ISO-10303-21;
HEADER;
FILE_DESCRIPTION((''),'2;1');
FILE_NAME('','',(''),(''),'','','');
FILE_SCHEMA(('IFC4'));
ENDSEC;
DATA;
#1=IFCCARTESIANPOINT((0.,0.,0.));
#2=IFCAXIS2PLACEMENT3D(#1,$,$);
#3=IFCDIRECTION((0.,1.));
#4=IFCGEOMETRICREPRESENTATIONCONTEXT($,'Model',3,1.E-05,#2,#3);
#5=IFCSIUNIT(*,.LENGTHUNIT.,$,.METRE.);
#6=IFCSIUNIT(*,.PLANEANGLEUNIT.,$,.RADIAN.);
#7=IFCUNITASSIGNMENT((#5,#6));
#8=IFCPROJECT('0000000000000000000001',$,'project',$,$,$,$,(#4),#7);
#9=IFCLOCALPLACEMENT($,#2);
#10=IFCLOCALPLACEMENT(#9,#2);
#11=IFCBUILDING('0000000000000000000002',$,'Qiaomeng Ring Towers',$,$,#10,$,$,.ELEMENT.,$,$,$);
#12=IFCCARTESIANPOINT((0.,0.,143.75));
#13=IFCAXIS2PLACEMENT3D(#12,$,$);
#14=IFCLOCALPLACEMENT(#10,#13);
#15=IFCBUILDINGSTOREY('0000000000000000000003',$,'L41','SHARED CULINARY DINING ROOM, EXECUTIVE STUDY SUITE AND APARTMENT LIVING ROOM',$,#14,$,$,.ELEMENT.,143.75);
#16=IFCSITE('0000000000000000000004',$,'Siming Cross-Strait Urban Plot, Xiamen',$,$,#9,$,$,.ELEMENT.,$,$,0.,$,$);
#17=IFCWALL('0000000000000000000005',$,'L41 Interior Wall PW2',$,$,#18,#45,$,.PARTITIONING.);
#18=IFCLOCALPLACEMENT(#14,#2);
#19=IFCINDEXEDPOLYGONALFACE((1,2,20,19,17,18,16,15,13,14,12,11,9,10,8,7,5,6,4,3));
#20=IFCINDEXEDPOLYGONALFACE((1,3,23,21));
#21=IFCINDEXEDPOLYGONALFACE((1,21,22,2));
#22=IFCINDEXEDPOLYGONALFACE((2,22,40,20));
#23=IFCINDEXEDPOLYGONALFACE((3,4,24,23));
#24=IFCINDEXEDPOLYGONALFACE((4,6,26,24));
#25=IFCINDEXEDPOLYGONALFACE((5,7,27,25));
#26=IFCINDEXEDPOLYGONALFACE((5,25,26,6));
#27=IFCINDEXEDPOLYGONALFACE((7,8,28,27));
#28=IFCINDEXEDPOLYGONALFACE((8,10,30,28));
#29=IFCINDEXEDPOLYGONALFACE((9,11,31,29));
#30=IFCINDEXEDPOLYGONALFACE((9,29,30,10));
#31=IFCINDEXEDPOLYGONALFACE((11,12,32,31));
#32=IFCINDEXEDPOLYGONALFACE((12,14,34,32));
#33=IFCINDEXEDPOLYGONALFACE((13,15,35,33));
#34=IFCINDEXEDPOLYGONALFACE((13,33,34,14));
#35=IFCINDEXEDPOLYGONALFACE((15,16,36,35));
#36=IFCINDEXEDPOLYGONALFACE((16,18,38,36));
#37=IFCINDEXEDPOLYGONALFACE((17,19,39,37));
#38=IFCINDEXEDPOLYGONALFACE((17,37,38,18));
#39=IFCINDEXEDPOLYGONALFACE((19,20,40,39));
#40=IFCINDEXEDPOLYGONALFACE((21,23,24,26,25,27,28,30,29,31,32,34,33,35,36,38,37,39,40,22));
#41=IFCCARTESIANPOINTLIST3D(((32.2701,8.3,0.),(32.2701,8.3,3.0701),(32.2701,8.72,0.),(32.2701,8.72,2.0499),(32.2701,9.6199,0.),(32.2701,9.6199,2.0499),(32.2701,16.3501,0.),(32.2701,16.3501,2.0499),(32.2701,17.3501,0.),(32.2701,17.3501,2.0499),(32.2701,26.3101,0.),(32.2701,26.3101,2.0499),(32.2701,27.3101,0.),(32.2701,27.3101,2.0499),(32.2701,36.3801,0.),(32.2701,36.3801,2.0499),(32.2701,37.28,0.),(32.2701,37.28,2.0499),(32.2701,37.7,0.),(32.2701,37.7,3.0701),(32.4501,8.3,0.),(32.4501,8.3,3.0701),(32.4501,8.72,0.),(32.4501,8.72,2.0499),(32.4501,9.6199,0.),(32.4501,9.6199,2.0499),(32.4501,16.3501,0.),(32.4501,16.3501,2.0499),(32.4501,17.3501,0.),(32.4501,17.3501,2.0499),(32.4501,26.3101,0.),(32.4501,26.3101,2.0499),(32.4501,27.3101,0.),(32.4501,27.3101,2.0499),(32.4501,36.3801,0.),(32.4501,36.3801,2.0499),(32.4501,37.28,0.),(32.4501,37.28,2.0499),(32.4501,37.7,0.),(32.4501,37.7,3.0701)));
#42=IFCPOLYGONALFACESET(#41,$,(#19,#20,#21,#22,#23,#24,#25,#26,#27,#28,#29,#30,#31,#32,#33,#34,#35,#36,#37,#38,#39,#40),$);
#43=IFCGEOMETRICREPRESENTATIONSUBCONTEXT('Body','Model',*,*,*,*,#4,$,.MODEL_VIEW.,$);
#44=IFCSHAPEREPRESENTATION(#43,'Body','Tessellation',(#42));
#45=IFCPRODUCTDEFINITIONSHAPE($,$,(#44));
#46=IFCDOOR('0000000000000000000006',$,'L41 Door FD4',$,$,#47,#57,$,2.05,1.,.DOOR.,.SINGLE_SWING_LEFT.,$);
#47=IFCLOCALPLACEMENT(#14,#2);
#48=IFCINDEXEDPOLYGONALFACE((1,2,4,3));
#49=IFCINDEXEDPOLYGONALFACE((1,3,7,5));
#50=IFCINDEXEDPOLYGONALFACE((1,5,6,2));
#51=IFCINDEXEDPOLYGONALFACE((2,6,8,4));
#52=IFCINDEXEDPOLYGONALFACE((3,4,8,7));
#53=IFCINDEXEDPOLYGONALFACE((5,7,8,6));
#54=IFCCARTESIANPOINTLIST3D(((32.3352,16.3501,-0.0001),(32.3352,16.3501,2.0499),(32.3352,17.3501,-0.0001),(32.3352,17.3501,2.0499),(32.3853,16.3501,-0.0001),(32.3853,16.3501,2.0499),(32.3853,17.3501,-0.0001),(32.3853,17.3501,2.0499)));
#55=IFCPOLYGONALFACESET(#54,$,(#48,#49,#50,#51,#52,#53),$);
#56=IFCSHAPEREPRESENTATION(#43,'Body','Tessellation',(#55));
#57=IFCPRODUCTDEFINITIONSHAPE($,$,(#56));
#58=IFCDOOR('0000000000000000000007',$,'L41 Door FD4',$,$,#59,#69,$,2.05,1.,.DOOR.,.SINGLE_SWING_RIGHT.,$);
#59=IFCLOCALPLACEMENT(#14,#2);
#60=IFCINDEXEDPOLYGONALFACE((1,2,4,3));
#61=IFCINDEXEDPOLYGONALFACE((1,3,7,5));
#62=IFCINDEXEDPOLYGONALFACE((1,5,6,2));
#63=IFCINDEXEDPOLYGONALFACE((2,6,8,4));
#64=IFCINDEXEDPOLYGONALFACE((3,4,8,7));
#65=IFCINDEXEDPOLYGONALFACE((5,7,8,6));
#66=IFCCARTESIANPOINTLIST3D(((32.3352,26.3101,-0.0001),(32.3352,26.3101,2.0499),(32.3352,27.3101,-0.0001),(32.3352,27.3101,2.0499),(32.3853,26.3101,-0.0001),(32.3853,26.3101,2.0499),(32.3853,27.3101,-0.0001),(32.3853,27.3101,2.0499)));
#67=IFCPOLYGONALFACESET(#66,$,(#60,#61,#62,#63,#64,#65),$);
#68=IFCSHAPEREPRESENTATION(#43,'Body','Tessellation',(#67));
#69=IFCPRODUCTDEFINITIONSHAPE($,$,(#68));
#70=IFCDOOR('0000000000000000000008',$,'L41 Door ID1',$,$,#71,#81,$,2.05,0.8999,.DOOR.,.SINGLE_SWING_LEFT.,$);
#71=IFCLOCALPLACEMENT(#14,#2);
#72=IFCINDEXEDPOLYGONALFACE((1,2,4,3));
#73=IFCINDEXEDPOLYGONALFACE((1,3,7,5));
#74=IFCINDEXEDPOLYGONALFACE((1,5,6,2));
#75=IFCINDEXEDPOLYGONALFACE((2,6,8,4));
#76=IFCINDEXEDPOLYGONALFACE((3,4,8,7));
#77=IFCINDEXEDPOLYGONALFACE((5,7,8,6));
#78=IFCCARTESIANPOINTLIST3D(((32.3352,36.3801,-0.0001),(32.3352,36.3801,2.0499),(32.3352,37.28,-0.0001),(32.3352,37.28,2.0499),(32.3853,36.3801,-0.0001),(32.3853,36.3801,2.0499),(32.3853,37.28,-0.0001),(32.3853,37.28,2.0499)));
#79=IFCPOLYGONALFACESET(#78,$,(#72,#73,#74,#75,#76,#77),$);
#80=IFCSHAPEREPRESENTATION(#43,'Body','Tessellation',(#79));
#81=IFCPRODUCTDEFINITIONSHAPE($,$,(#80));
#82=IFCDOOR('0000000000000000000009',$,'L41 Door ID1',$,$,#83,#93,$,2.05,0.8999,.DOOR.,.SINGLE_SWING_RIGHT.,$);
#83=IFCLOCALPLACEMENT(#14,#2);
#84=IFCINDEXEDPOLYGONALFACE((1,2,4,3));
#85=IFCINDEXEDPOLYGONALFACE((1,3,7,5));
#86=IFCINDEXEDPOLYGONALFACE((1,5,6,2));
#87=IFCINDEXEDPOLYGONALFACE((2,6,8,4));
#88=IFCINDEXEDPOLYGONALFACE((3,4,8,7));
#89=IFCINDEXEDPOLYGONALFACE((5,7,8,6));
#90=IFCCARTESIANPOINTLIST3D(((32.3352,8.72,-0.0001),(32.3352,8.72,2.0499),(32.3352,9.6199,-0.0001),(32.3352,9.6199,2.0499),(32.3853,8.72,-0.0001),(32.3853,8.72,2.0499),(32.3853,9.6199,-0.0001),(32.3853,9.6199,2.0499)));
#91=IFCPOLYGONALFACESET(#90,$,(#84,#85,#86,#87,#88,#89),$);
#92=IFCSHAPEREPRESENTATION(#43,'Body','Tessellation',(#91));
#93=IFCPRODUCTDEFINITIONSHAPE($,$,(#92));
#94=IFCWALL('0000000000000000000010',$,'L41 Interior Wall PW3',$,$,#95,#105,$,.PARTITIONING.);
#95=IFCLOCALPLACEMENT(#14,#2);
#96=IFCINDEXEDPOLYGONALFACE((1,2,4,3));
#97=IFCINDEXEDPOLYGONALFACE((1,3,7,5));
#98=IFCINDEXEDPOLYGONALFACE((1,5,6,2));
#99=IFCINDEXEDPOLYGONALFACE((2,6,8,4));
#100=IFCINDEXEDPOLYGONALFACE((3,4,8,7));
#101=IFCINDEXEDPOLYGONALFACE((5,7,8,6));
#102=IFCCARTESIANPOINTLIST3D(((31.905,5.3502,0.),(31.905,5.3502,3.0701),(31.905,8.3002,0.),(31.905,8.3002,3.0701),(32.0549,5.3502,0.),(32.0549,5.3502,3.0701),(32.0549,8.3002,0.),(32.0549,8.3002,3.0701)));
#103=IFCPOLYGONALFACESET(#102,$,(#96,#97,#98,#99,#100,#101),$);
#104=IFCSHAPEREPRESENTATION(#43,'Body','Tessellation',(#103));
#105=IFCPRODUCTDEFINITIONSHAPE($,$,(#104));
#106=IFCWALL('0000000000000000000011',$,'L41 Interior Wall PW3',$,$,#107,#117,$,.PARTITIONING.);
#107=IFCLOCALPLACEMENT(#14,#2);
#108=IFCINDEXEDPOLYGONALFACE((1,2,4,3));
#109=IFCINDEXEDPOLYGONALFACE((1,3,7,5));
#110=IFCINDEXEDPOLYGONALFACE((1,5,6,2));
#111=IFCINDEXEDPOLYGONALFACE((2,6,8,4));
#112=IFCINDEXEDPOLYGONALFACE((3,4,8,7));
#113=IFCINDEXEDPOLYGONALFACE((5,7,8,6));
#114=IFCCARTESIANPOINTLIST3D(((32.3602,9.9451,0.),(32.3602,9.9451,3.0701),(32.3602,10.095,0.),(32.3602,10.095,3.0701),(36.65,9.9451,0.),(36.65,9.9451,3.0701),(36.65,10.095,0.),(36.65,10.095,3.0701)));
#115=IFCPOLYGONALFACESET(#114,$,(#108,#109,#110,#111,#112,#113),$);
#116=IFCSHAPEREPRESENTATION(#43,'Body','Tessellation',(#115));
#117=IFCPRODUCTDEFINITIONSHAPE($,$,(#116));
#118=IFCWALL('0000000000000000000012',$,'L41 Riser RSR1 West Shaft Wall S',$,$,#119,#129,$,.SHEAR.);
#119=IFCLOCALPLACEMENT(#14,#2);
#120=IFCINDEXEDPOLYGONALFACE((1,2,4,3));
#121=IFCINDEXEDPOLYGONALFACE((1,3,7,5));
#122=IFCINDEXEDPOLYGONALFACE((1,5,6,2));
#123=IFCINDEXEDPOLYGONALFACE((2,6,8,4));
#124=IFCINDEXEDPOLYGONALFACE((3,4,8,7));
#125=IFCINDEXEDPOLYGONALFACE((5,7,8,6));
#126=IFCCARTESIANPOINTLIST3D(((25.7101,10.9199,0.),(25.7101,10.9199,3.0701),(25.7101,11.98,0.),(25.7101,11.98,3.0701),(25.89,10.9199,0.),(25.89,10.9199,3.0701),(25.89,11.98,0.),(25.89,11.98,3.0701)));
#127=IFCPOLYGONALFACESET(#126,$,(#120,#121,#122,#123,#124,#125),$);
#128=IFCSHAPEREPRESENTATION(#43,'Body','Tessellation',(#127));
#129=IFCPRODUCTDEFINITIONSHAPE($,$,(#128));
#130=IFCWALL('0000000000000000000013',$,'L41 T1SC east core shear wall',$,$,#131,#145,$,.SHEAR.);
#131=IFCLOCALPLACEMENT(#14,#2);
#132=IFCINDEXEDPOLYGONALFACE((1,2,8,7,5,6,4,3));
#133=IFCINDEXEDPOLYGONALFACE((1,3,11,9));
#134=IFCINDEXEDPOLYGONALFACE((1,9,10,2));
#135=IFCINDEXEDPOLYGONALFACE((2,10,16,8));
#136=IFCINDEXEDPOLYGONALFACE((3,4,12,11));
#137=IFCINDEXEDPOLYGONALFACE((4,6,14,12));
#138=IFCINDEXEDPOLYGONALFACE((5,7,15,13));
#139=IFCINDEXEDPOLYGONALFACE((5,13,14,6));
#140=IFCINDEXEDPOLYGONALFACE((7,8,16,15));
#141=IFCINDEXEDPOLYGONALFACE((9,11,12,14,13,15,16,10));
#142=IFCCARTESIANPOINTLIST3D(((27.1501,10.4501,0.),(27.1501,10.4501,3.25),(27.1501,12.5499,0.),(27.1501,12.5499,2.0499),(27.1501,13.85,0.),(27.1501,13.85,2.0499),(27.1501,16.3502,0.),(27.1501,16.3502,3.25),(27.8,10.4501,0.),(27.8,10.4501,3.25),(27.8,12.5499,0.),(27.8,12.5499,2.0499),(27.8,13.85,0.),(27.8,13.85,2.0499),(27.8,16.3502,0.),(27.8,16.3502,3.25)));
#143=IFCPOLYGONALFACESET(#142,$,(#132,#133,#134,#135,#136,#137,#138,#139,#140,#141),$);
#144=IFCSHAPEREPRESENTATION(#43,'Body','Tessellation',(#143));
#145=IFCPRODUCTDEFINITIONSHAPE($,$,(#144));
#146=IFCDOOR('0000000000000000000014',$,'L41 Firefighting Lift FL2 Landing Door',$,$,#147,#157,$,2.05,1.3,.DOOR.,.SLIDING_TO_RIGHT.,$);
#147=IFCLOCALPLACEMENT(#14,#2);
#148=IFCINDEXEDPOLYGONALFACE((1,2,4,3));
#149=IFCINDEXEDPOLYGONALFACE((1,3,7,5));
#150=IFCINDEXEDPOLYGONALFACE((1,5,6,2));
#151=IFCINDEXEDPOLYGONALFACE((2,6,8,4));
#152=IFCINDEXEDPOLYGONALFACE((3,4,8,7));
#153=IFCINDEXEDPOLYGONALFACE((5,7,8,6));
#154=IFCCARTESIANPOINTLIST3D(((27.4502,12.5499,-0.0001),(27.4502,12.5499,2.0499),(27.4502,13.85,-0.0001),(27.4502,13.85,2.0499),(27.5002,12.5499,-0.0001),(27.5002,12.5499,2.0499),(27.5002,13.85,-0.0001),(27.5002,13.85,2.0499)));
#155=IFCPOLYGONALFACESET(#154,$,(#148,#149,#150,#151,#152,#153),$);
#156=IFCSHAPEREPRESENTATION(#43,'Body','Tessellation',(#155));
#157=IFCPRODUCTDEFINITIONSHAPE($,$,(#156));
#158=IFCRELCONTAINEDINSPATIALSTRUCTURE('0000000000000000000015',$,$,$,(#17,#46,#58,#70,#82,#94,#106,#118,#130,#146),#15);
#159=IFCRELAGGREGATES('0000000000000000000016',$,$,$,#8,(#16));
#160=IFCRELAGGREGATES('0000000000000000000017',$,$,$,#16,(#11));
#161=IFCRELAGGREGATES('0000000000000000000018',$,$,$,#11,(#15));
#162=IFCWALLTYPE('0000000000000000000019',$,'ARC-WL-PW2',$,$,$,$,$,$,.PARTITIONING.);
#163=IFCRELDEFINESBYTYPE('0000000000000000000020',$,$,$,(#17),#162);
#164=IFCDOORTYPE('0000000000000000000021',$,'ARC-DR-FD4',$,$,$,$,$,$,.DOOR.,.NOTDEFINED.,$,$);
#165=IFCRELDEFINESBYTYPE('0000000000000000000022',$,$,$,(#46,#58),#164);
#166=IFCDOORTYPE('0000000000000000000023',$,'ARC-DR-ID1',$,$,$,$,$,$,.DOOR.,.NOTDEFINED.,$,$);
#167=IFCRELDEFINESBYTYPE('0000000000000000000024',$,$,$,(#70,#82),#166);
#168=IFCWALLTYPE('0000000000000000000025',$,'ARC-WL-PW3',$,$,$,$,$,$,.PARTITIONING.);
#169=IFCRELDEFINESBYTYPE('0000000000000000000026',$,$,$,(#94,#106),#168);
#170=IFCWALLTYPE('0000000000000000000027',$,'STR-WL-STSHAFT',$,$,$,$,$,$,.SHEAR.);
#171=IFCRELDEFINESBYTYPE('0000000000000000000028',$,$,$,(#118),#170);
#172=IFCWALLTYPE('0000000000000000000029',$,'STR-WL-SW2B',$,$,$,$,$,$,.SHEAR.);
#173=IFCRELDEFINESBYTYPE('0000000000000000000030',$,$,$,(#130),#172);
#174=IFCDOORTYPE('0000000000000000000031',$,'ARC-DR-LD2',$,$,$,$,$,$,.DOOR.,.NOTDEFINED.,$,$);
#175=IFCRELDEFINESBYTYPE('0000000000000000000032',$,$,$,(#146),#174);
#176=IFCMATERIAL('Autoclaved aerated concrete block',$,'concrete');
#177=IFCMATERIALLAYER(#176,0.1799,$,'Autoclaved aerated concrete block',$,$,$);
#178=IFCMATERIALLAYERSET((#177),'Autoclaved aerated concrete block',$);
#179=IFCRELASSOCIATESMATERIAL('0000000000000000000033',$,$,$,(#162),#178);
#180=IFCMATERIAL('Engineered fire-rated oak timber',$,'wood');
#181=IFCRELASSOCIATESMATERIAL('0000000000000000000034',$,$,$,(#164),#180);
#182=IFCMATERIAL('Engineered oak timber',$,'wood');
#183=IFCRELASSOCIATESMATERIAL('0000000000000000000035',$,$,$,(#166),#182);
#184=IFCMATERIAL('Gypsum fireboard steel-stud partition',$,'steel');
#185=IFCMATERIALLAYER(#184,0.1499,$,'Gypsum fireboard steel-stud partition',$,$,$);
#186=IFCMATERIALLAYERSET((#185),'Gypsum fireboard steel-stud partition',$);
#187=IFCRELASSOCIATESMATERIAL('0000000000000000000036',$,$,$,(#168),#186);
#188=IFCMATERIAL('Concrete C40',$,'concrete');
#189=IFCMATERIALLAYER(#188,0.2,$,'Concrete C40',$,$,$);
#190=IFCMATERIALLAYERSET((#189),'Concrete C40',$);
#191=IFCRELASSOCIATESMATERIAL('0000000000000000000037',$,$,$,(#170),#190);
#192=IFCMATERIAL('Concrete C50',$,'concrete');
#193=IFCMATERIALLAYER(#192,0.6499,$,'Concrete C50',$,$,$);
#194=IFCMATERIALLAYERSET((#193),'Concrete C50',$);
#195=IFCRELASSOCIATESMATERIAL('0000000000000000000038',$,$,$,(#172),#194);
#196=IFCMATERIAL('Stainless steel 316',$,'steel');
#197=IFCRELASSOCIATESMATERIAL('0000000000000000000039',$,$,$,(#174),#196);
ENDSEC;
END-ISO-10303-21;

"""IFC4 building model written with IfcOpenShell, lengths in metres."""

from ifc_helpers import new_model, si_unit, direction, frame, frame_2d, origin, place, context, subcontext, project, spatial, rectangle, extrude, source, transform, mapped, material, layer, layer_set, type_object, element, fill, save


model = new_model("IFC4")

# Units and contexts
model_context = context("Model", 3, precision=1e-05, world=origin(), true_north=direction((0.0, 1.0)))
body_context = subcontext(model_context, "Body", "Model", "MODEL_VIEW")
ifc_project = project(units=[si_unit("LENGTHUNIT", "METRE"), si_unit("PLANEANGLEUNIT", "RADIAN")], contexts=[model_context])

# Site, building, storey
site_placement = place(None, origin())
site = spatial("IfcSite", under=ifc_project, at=site_placement, Name="Siming Cross-Strait Urban Plot, Xiamen", CompositionType="ELEMENT", RefElevation=0.0)
building_placement = place(site_placement, origin())
building = spatial("IfcBuilding", under=site, at=building_placement, Name="Qiaomeng Ring Towers", CompositionType="ELEMENT")
storey_placement = place(building_placement, frame((0.0, 0.0, 143.75)))
storey = spatial("IfcBuildingStorey", under=building, at=storey_placement, Name="L41", Description="SHARED CULINARY DINING ROOM, EXECUTIVE STUDY SUITE AND APARTMENT LIVING ROOM", CompositionType="ELEMENT", Elevation=143.75)

# Shared definitions
ifc_material_1 = material(Name="Concrete C50", Category="concrete")

# Wall, openings, doors
ifc_material_2 = material(Name="Autoclaved aerated concrete block", Category="concrete")
ifc_layer_1 = layer(ifc_material_2, 0.1799, Name="Autoclaved aerated concrete block")
ifc_layer_set_1 = layer_set([ifc_layer_1], Name="Autoclaved aerated concrete block")
wall_type_1 = type_object("IfcWallType", Name="ARC-WL-PW2", PredefinedType="PARTITIONING", material=ifc_layer_set_1)
wall_1_placement = place(storey_placement, frame((32.3601, 8.3, 0.0), z_axis=(0.0, 0.0, 1.0), x_axis=(0.0, 1.0, 0.0)))
wall_1 = element("IfcWall", 1, at=wall_1_placement, inside=storey, type_object=wall_type_1, Name="L41 Interior Wall PW2", PredefinedType="PARTITIONING", context=body_context, shape_type="SweptSolid", body=[
    extrude(rectangle(XDim=29.3999, YDim=0.1799, at=frame_2d((14.7, 0.0))), origin(), (0.0, 0.0, 1.0), 3.0701),
])
opening_1_placement = place(wall_1_placement, frame((28.0801, 0.0, 0.0)))
opening_1 = element("IfcOpeningElement", 2, at=opening_1_placement, cuts=wall_1, PredefinedType="OPENING", context=body_context, shape_type="SweptSolid", body=[
    extrude(rectangle(XDim=0.8999, YDim=2.05, at=frame_2d((0.45, 1.0249))), frame((0.0, 0.0999, 0.0), z_axis=(0.0, -1.0, 0.0), x_axis=(1.0, 0.0, 0.0)), (0.0, 0.0, 1.0), 0.2),
])
opening_2_placement = place(wall_1_placement, frame((0.4199, 0.0, 0.0)))
opening_2 = element("IfcOpeningElement", 3, at=opening_2_placement, cuts=wall_1, PredefinedType="OPENING", context=body_context, shape_type="SweptSolid", body=[
    extrude(rectangle(XDim=0.8999, YDim=2.05, at=frame_2d((0.45, 1.0249))), frame((0.0, 0.0999, 0.0), z_axis=(0.0, -1.0, 0.0), x_axis=(1.0, 0.0, 0.0)), (0.0, 0.0, 1.0), 0.2),
])
opening_3_placement = place(wall_1_placement, frame((8.05, 0.0, 0.0)))
opening_3 = element("IfcOpeningElement", 4, at=opening_3_placement, cuts=wall_1, PredefinedType="OPENING", context=body_context, shape_type="SweptSolid", body=[
    extrude(rectangle(XDim=1.0, YDim=2.05, at=frame_2d((0.5, 1.0249))), frame((0.0, 0.0999, 0.0), z_axis=(0.0, -1.0, 0.0), x_axis=(1.0, 0.0, 0.0)), (0.0, 0.0, 1.0), 0.2),
])
opening_4_placement = place(wall_1_placement, frame((18.01, 0.0, 0.0)))
opening_4 = element("IfcOpeningElement", 5, at=opening_4_placement, cuts=wall_1, PredefinedType="OPENING", context=body_context, shape_type="SweptSolid", body=[
    extrude(rectangle(XDim=1.0, YDim=2.05, at=frame_2d((0.5, 1.0249))), frame((0.0, 0.0999, 0.0), z_axis=(0.0, -1.0, 0.0), x_axis=(1.0, 0.0, 0.0)), (0.0, 0.0, 1.0), 0.2),
])
ifc_material_3 = material(Name="Engineered fire-rated oak timber", Category="wood")
door_type_1 = type_object("IfcDoorType", Name="ARC-DR-FD4", OperationType="NOTDEFINED", PredefinedType="DOOR", material=ifc_material_3)
shared_shape_1 = source(origin(), body_context, "Body", "SweptSolid", [
    extrude(rectangle(XDim=1.0, YDim=2.05, at=frame_2d((0.5, 1.0249))), frame((0.0, 0.0249, 0.0), z_axis=(0.0, -1.0, 0.0), x_axis=(1.0, 0.0, 0.0)), (0.0, 0.0, 1.0), 0.05),
])
door_1_placement = place(opening_3_placement, origin())
door_1 = element("IfcDoor", 6, at=door_1_placement, inside=storey, type_object=door_type_1, Name="L41 Door FD4", OperationType="SINGLE_SWING_LEFT", OverallHeight=2.05, OverallWidth=1.0, PredefinedType="DOOR", context=body_context, shape_type="MappedRepresentation", body=[
    mapped(shared_shape_1, transform((0.0, 0.0, 0.0), x_axis=(1.0, 0.0, 0.0), y_axis=(0.0, 1.0, 0.0), z_axis=(0.0, 0.0, 1.0), scale=1.0)),
])
fill(opening_3, door_1)
door_2_placement = place(opening_4_placement, origin())
door_2 = element("IfcDoor", 7, at=door_2_placement, inside=storey, type_object=door_type_1, Name="L41 Door FD4", OperationType="SINGLE_SWING_RIGHT", OverallHeight=2.05, OverallWidth=1.0, PredefinedType="DOOR", context=body_context, shape_type="MappedRepresentation", body=[
    mapped(shared_shape_1, transform((0.0, 0.0, 0.0), x_axis=(1.0, 0.0, 0.0), y_axis=(0.0, 1.0, 0.0), z_axis=(0.0, 0.0, 1.0), scale=1.0)),
])
fill(opening_4, door_2)
ifc_material_4 = material(Name="Engineered oak timber", Category="wood")
door_type_2 = type_object("IfcDoorType", Name="ARC-DR-ID1", OperationType="NOTDEFINED", PredefinedType="DOOR", material=ifc_material_4)
shared_shape_2 = source(origin(), body_context, "Body", "SweptSolid", [
    extrude(rectangle(XDim=0.8999, YDim=2.05, at=frame_2d((0.45, 1.0249))), frame((0.0, 0.0249, 0.0), z_axis=(0.0, -1.0, 0.0), x_axis=(1.0, 0.0, 0.0)), (0.0, 0.0, 1.0), 0.05),
])
door_3_placement = place(opening_1_placement, origin())
door_3 = element("IfcDoor", 8, at=door_3_placement, inside=storey, type_object=door_type_2, Name="L41 Door ID1", OperationType="SINGLE_SWING_LEFT", OverallHeight=2.05, OverallWidth=0.8999, PredefinedType="DOOR", context=body_context, shape_type="MappedRepresentation", body=[
    mapped(shared_shape_2, transform((0.0, 0.0, 0.0), x_axis=(1.0, 0.0, 0.0), y_axis=(0.0, 1.0, 0.0), z_axis=(0.0, 0.0, 1.0), scale=1.0)),
])
fill(opening_1, door_3)
door_4_placement = place(opening_2_placement, origin())
door_4 = element("IfcDoor", 9, at=door_4_placement, inside=storey, type_object=door_type_2, Name="L41 Door ID1", OperationType="SINGLE_SWING_RIGHT", OverallHeight=2.05, OverallWidth=0.8999, PredefinedType="DOOR", context=body_context, shape_type="MappedRepresentation", body=[
    mapped(shared_shape_2, transform((0.0, 0.0, 0.0), x_axis=(1.0, 0.0, 0.0), y_axis=(0.0, 1.0, 0.0), z_axis=(0.0, 0.0, 1.0), scale=1.0)),
])
fill(opening_2, door_4)

# Walls
ifc_material_5 = material(Name="Gypsum fireboard steel-stud partition", Category="steel")
ifc_layer_2 = layer(ifc_material_5, 0.1499, Name="Gypsum fireboard steel-stud partition")
ifc_layer_set_2 = layer_set([ifc_layer_2], Name="Gypsum fireboard steel-stud partition")
wall_type_2 = type_object("IfcWallType", Name="ARC-WL-PW3", PredefinedType="PARTITIONING", material=ifc_layer_set_2)
wall_2_placement = place(storey_placement, frame((31.98, 5.3501, 0.0), z_axis=(0.0, 0.0, 1.0), x_axis=(0.0, 1.0, 0.0)))
element("IfcWall", 10, at=wall_2_placement, inside=storey, type_object=wall_type_2, Name="L41 Interior Wall PW3", PredefinedType="PARTITIONING", context=body_context, shape_type="SweptSolid", body=[
    extrude(rectangle(XDim=2.95, YDim=0.1499, at=frame_2d((1.4751, 0.0))), origin(), (0.0, 0.0, 1.0), 3.0701),
])
wall_3_placement = place(storey_placement, frame((32.3601, 10.02, 0.0), z_axis=(0.0, 0.0, 1.0), x_axis=(1.0, 0.0, 0.0)))
element("IfcWall", 11, at=wall_3_placement, inside=storey, type_object=wall_type_2, Name="L41 Interior Wall PW3", PredefinedType="PARTITIONING", context=body_context, shape_type="SweptSolid", body=[
    extrude(rectangle(XDim=4.2898, YDim=0.1499, at=frame_2d((2.145, 0.0))), origin(), (0.0, 0.0, 1.0), 3.0701),
])
ifc_material_6 = material(Name="Concrete C40", Category="concrete")
ifc_layer_3 = layer(ifc_material_6, 0.2, Name="Concrete C40")
ifc_layer_set_3 = layer_set([ifc_layer_3], Name="Concrete C40")
wall_type_3 = type_object("IfcWallType", Name="STR-WL-STSHAFT", PredefinedType="SHEAR", material=ifc_layer_set_3)
wall_4_placement = place(storey_placement, frame((25.8, 10.9199, 0.0), z_axis=(0.0, 0.0, 1.0), x_axis=(0.0, 1.0, 0.0)))
element("IfcWall", 12, at=wall_4_placement, inside=storey, type_object=wall_type_3, Name="L41 Riser RSR1 West Shaft Wall S", PredefinedType="SHEAR", context=body_context, shape_type="SweptSolid", body=[
    extrude(rectangle(XDim=1.0601, YDim=0.1799, at=frame_2d((0.53, 0.0))), origin(), (0.0, 0.0, 1.0), 3.0701),
])

# Wall, opening, door
ifc_layer_4 = layer(ifc_material_1, 0.6499, Name="Concrete C50")
ifc_layer_set_4 = layer_set([ifc_layer_4], Name="Concrete C50")
wall_type_4 = type_object("IfcWallType", Name="STR-WL-SW2B", PredefinedType="SHEAR", material=ifc_layer_set_4)
wall_5_placement = place(storey_placement, frame((27.4751, 10.45, 0.0), z_axis=(0.0, 0.0, 1.0), x_axis=(0.0, 1.0, 0.0)))
wall_5 = element("IfcWall", 13, at=wall_5_placement, inside=storey, type_object=wall_type_4, Name="L41 T1SC east core shear wall", PredefinedType="SHEAR", context=body_context, shape_type="SweptSolid", body=[
    extrude(rectangle(XDim=5.9001, YDim=0.6499, at=frame_2d((2.9502, 0.0))), origin(), (0.0, 0.0, 1.0), 3.25),
])
opening_5_placement = place(wall_5_placement, frame((2.1001, 0.0, 0.0)))
opening_5 = element("IfcOpeningElement", 14, at=opening_5_placement, cuts=wall_5, PredefinedType="OPENING", context=body_context, shape_type="SweptSolid", body=[
    extrude(rectangle(XDim=1.3, YDim=2.05, at=frame_2d((0.6499, 1.0249))), frame((0.0, 0.335, 0.0), z_axis=(0.0, -1.0, 0.0), x_axis=(1.0, 0.0, 0.0)), (0.0, 0.0, 1.0), 0.6699),
])
ifc_material_7 = material(Name="Stainless steel 316", Category="steel")
door_type_3 = type_object("IfcDoorType", Name="ARC-DR-LD2", OperationType="NOTDEFINED", PredefinedType="DOOR", material=ifc_material_7)
shared_shape_3 = source(origin(), body_context, "Body", "SweptSolid", [
    extrude(rectangle(XDim=1.3, YDim=2.05, at=frame_2d((0.6499, 1.0249))), frame((0.0, 0.0249, 0.0), z_axis=(0.0, -1.0, 0.0), x_axis=(1.0, 0.0, 0.0)), (0.0, 0.0, 1.0), 0.05),
])
door_5_placement = place(opening_5_placement, origin())
door_5 = element("IfcDoor", 15, at=door_5_placement, inside=storey, type_object=door_type_3, Name="L41 Firefighting Lift FL2 Landing Door", OperationType="SLIDING_TO_RIGHT", OverallHeight=2.05, OverallWidth=1.3, PredefinedType="DOOR", context=body_context, shape_type="MappedRepresentation", body=[
    mapped(shared_shape_3, transform((0.0, 0.0, 0.0), x_axis=(1.0, 0.0, 0.0), y_axis=(0.0, 1.0, 0.0), z_axis=(0.0, 0.0, 1.0), scale=1.0)),
])
fill(opening_5, door_5)

save(model, "model.ifc")
